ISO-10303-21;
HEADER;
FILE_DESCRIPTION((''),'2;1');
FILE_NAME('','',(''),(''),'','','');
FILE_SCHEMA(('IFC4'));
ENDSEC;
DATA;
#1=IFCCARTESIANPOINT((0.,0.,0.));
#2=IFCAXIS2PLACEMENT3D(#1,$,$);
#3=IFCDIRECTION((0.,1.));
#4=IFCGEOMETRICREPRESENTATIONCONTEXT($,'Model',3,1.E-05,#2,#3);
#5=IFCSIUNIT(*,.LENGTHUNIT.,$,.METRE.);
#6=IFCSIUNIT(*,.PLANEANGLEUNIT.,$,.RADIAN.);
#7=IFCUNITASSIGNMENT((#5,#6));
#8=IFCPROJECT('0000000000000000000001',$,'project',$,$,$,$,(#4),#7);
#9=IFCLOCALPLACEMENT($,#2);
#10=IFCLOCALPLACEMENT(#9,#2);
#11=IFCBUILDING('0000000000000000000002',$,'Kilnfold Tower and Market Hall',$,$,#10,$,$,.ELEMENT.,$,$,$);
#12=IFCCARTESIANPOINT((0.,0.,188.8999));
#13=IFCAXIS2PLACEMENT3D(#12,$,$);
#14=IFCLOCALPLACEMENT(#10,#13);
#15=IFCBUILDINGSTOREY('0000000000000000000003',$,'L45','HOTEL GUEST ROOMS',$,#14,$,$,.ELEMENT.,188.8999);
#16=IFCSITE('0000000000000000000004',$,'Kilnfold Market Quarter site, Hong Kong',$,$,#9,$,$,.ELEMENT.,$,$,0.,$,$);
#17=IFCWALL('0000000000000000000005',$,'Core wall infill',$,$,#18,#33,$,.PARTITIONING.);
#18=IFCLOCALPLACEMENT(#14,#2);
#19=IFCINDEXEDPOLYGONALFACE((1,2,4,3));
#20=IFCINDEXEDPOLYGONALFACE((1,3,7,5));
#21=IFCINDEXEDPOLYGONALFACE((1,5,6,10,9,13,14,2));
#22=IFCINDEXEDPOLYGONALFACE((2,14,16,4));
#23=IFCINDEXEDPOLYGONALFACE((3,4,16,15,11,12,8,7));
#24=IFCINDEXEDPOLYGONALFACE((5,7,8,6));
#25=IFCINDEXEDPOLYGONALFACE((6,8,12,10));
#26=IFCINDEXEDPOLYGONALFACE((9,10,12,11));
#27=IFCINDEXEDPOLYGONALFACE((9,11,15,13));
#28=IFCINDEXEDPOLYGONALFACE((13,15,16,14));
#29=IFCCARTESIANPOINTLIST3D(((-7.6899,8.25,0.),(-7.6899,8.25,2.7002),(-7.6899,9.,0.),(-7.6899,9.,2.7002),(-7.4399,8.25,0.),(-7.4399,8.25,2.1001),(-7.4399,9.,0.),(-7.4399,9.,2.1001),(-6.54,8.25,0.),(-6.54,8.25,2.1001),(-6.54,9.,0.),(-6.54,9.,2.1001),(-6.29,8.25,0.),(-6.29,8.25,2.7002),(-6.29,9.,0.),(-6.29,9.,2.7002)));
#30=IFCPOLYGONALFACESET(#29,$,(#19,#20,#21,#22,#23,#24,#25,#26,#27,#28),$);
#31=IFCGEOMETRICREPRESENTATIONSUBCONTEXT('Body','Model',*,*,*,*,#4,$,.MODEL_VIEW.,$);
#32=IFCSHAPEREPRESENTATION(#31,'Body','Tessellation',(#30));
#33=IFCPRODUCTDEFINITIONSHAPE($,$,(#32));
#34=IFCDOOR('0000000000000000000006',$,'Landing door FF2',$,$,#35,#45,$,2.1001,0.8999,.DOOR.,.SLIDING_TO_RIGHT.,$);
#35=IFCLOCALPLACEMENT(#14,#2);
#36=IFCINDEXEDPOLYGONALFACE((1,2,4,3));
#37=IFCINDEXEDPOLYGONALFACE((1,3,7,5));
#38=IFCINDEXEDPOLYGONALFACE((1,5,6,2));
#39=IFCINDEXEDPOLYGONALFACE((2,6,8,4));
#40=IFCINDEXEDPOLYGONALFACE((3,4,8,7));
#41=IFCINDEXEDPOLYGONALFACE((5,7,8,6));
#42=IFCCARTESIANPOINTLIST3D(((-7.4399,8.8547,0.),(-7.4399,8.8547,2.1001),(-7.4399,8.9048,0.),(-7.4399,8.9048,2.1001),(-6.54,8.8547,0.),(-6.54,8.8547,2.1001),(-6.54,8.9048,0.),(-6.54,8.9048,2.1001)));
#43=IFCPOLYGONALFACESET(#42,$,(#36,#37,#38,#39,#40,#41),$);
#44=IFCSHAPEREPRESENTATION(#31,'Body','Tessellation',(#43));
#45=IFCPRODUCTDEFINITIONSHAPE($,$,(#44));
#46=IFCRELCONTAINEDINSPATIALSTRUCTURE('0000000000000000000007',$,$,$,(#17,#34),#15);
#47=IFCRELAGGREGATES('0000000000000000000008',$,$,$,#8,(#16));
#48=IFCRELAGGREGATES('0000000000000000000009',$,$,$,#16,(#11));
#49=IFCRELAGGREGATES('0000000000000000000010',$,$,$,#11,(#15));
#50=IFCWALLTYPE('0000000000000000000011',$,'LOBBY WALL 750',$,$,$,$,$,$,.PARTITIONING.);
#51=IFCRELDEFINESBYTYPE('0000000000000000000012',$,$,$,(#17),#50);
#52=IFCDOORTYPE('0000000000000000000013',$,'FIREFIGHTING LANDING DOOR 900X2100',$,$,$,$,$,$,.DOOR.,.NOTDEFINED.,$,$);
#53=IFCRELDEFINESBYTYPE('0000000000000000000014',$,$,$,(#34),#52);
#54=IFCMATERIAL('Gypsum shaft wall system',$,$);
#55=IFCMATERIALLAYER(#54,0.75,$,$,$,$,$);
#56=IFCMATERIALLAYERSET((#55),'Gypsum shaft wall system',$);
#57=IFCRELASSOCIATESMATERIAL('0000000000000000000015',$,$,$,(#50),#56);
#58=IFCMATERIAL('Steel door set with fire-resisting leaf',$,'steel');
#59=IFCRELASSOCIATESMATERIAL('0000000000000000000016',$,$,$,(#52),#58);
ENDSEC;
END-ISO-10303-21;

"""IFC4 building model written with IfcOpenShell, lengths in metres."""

from ifc_helpers import new_model, si_unit, direction, frame, frame_2d, origin, place, context, subcontext, project, spatial, rectangle, extrude, source, transform, mapped, material, layer, layer_set, type_object, element, fill, save


model = new_model("IFC4")

# Units and contexts
model_context = context("Model", 3, precision=1e-05, world=origin(), true_north=direction((0.0, 1.0)))
body_context = subcontext(model_context, "Body", "Model", "MODEL_VIEW")
ifc_project = project(units=[si_unit("LENGTHUNIT", "METRE"), si_unit("PLANEANGLEUNIT", "RADIAN")], contexts=[model_context])

# Site, building, storey
site_placement = place(None, origin())
site = spatial("IfcSite", under=ifc_project, at=site_placement, Name="Kilnfold Market Quarter site, Hong Kong", CompositionType="ELEMENT", RefElevation=0.0)
building_placement = place(site_placement, origin())
building = spatial("IfcBuilding", under=site, at=building_placement, Name="Kilnfold Tower and Market Hall", CompositionType="ELEMENT")
storey_placement = place(building_placement, frame((0.0, 0.0, 188.8999)))
storey = spatial("IfcBuildingStorey", under=building, at=storey_placement, Name="L45", Description="HOTEL GUEST ROOMS", CompositionType="ELEMENT", Elevation=188.8999)

# Wall, opening, door
ifc_material_1 = material(Name="Gypsum shaft wall system")
ifc_layer_1 = layer(ifc_material_1, 0.75)
ifc_layer_set_1 = layer_set([ifc_layer_1], Name="Gypsum shaft wall system")
wall_type_1 = type_object("IfcWallType", Name="LOBBY WALL 750", PredefinedType="PARTITIONING", material=ifc_layer_set_1)
ifc_material_2 = material(Name="Steel door set with fire-resisting leaf", Category="steel")
door_type_1 = type_object("IfcDoorType", Name="FIREFIGHTING LANDING DOOR 900X2100", OperationType="NOTDEFINED", PredefinedType="DOOR", material=ifc_material_2)
shared_shape_1 = source(origin(), body_context, "Body", "SweptSolid", [
    extrude(rectangle(XDim=1.3999, YDim=0.75, at=frame_2d((0.7, 0.0))), origin(), (0.0, 0.0, 1.0), 2.7002),
])
wall_1_placement = place(storey_placement, frame((-7.6899, 8.625, 0.0), z_axis=(0.0, 0.0, 1.0), x_axis=(1.0, 0.0, 0.0)))
wall_1 = element("IfcWall", 1, at=wall_1_placement, inside=storey, type_object=wall_type_1, Name="Core wall infill", PredefinedType="PARTITIONING", context=body_context, shape_type="MappedRepresentation", body=[
    mapped(shared_shape_1, transform((0.0, 0.0, 0.0))),
])
opening_1_placement = place(wall_1_placement, frame((0.25, 0.0, 0.0)))
opening_1 = element("IfcOpeningElement", 2, at=opening_1_placement, cuts=wall_1, PredefinedType="OPENING", context=body_context, shape_type="SweptSolid", body=[
    extrude(rectangle(XDim=0.8999, YDim=2.1001, at=frame_2d((0.45, 1.05))), frame((0.0, 0.385, 0.0), z_axis=(0.0, -1.0, 0.0), x_axis=(1.0, 0.0, 0.0)), (0.0, 0.0, 1.0), 0.77),
])
door_1_placement = place(opening_1_placement, origin())
door_1 = element("IfcDoor", 3, at=door_1_placement, inside=storey, type_object=door_type_1, Name="Landing door FF2", OperationType="SLIDING_TO_RIGHT", OverallHeight=2.1001, OverallWidth=0.8999, PredefinedType="DOOR", context=body_context, shape_type="SweptSolid", body=[
    extrude(rectangle(XDim=0.8999, YDim=2.1001, at=frame_2d((0.45, 1.05))), frame((0.0, 0.2798, 0.0), z_axis=(0.0, -1.0, 0.0), x_axis=(1.0, 0.0, 0.0)), (0.0, 0.0, 1.0), 0.05),
])
fill(opening_1, door_1)

save(model, "model.ifc")
